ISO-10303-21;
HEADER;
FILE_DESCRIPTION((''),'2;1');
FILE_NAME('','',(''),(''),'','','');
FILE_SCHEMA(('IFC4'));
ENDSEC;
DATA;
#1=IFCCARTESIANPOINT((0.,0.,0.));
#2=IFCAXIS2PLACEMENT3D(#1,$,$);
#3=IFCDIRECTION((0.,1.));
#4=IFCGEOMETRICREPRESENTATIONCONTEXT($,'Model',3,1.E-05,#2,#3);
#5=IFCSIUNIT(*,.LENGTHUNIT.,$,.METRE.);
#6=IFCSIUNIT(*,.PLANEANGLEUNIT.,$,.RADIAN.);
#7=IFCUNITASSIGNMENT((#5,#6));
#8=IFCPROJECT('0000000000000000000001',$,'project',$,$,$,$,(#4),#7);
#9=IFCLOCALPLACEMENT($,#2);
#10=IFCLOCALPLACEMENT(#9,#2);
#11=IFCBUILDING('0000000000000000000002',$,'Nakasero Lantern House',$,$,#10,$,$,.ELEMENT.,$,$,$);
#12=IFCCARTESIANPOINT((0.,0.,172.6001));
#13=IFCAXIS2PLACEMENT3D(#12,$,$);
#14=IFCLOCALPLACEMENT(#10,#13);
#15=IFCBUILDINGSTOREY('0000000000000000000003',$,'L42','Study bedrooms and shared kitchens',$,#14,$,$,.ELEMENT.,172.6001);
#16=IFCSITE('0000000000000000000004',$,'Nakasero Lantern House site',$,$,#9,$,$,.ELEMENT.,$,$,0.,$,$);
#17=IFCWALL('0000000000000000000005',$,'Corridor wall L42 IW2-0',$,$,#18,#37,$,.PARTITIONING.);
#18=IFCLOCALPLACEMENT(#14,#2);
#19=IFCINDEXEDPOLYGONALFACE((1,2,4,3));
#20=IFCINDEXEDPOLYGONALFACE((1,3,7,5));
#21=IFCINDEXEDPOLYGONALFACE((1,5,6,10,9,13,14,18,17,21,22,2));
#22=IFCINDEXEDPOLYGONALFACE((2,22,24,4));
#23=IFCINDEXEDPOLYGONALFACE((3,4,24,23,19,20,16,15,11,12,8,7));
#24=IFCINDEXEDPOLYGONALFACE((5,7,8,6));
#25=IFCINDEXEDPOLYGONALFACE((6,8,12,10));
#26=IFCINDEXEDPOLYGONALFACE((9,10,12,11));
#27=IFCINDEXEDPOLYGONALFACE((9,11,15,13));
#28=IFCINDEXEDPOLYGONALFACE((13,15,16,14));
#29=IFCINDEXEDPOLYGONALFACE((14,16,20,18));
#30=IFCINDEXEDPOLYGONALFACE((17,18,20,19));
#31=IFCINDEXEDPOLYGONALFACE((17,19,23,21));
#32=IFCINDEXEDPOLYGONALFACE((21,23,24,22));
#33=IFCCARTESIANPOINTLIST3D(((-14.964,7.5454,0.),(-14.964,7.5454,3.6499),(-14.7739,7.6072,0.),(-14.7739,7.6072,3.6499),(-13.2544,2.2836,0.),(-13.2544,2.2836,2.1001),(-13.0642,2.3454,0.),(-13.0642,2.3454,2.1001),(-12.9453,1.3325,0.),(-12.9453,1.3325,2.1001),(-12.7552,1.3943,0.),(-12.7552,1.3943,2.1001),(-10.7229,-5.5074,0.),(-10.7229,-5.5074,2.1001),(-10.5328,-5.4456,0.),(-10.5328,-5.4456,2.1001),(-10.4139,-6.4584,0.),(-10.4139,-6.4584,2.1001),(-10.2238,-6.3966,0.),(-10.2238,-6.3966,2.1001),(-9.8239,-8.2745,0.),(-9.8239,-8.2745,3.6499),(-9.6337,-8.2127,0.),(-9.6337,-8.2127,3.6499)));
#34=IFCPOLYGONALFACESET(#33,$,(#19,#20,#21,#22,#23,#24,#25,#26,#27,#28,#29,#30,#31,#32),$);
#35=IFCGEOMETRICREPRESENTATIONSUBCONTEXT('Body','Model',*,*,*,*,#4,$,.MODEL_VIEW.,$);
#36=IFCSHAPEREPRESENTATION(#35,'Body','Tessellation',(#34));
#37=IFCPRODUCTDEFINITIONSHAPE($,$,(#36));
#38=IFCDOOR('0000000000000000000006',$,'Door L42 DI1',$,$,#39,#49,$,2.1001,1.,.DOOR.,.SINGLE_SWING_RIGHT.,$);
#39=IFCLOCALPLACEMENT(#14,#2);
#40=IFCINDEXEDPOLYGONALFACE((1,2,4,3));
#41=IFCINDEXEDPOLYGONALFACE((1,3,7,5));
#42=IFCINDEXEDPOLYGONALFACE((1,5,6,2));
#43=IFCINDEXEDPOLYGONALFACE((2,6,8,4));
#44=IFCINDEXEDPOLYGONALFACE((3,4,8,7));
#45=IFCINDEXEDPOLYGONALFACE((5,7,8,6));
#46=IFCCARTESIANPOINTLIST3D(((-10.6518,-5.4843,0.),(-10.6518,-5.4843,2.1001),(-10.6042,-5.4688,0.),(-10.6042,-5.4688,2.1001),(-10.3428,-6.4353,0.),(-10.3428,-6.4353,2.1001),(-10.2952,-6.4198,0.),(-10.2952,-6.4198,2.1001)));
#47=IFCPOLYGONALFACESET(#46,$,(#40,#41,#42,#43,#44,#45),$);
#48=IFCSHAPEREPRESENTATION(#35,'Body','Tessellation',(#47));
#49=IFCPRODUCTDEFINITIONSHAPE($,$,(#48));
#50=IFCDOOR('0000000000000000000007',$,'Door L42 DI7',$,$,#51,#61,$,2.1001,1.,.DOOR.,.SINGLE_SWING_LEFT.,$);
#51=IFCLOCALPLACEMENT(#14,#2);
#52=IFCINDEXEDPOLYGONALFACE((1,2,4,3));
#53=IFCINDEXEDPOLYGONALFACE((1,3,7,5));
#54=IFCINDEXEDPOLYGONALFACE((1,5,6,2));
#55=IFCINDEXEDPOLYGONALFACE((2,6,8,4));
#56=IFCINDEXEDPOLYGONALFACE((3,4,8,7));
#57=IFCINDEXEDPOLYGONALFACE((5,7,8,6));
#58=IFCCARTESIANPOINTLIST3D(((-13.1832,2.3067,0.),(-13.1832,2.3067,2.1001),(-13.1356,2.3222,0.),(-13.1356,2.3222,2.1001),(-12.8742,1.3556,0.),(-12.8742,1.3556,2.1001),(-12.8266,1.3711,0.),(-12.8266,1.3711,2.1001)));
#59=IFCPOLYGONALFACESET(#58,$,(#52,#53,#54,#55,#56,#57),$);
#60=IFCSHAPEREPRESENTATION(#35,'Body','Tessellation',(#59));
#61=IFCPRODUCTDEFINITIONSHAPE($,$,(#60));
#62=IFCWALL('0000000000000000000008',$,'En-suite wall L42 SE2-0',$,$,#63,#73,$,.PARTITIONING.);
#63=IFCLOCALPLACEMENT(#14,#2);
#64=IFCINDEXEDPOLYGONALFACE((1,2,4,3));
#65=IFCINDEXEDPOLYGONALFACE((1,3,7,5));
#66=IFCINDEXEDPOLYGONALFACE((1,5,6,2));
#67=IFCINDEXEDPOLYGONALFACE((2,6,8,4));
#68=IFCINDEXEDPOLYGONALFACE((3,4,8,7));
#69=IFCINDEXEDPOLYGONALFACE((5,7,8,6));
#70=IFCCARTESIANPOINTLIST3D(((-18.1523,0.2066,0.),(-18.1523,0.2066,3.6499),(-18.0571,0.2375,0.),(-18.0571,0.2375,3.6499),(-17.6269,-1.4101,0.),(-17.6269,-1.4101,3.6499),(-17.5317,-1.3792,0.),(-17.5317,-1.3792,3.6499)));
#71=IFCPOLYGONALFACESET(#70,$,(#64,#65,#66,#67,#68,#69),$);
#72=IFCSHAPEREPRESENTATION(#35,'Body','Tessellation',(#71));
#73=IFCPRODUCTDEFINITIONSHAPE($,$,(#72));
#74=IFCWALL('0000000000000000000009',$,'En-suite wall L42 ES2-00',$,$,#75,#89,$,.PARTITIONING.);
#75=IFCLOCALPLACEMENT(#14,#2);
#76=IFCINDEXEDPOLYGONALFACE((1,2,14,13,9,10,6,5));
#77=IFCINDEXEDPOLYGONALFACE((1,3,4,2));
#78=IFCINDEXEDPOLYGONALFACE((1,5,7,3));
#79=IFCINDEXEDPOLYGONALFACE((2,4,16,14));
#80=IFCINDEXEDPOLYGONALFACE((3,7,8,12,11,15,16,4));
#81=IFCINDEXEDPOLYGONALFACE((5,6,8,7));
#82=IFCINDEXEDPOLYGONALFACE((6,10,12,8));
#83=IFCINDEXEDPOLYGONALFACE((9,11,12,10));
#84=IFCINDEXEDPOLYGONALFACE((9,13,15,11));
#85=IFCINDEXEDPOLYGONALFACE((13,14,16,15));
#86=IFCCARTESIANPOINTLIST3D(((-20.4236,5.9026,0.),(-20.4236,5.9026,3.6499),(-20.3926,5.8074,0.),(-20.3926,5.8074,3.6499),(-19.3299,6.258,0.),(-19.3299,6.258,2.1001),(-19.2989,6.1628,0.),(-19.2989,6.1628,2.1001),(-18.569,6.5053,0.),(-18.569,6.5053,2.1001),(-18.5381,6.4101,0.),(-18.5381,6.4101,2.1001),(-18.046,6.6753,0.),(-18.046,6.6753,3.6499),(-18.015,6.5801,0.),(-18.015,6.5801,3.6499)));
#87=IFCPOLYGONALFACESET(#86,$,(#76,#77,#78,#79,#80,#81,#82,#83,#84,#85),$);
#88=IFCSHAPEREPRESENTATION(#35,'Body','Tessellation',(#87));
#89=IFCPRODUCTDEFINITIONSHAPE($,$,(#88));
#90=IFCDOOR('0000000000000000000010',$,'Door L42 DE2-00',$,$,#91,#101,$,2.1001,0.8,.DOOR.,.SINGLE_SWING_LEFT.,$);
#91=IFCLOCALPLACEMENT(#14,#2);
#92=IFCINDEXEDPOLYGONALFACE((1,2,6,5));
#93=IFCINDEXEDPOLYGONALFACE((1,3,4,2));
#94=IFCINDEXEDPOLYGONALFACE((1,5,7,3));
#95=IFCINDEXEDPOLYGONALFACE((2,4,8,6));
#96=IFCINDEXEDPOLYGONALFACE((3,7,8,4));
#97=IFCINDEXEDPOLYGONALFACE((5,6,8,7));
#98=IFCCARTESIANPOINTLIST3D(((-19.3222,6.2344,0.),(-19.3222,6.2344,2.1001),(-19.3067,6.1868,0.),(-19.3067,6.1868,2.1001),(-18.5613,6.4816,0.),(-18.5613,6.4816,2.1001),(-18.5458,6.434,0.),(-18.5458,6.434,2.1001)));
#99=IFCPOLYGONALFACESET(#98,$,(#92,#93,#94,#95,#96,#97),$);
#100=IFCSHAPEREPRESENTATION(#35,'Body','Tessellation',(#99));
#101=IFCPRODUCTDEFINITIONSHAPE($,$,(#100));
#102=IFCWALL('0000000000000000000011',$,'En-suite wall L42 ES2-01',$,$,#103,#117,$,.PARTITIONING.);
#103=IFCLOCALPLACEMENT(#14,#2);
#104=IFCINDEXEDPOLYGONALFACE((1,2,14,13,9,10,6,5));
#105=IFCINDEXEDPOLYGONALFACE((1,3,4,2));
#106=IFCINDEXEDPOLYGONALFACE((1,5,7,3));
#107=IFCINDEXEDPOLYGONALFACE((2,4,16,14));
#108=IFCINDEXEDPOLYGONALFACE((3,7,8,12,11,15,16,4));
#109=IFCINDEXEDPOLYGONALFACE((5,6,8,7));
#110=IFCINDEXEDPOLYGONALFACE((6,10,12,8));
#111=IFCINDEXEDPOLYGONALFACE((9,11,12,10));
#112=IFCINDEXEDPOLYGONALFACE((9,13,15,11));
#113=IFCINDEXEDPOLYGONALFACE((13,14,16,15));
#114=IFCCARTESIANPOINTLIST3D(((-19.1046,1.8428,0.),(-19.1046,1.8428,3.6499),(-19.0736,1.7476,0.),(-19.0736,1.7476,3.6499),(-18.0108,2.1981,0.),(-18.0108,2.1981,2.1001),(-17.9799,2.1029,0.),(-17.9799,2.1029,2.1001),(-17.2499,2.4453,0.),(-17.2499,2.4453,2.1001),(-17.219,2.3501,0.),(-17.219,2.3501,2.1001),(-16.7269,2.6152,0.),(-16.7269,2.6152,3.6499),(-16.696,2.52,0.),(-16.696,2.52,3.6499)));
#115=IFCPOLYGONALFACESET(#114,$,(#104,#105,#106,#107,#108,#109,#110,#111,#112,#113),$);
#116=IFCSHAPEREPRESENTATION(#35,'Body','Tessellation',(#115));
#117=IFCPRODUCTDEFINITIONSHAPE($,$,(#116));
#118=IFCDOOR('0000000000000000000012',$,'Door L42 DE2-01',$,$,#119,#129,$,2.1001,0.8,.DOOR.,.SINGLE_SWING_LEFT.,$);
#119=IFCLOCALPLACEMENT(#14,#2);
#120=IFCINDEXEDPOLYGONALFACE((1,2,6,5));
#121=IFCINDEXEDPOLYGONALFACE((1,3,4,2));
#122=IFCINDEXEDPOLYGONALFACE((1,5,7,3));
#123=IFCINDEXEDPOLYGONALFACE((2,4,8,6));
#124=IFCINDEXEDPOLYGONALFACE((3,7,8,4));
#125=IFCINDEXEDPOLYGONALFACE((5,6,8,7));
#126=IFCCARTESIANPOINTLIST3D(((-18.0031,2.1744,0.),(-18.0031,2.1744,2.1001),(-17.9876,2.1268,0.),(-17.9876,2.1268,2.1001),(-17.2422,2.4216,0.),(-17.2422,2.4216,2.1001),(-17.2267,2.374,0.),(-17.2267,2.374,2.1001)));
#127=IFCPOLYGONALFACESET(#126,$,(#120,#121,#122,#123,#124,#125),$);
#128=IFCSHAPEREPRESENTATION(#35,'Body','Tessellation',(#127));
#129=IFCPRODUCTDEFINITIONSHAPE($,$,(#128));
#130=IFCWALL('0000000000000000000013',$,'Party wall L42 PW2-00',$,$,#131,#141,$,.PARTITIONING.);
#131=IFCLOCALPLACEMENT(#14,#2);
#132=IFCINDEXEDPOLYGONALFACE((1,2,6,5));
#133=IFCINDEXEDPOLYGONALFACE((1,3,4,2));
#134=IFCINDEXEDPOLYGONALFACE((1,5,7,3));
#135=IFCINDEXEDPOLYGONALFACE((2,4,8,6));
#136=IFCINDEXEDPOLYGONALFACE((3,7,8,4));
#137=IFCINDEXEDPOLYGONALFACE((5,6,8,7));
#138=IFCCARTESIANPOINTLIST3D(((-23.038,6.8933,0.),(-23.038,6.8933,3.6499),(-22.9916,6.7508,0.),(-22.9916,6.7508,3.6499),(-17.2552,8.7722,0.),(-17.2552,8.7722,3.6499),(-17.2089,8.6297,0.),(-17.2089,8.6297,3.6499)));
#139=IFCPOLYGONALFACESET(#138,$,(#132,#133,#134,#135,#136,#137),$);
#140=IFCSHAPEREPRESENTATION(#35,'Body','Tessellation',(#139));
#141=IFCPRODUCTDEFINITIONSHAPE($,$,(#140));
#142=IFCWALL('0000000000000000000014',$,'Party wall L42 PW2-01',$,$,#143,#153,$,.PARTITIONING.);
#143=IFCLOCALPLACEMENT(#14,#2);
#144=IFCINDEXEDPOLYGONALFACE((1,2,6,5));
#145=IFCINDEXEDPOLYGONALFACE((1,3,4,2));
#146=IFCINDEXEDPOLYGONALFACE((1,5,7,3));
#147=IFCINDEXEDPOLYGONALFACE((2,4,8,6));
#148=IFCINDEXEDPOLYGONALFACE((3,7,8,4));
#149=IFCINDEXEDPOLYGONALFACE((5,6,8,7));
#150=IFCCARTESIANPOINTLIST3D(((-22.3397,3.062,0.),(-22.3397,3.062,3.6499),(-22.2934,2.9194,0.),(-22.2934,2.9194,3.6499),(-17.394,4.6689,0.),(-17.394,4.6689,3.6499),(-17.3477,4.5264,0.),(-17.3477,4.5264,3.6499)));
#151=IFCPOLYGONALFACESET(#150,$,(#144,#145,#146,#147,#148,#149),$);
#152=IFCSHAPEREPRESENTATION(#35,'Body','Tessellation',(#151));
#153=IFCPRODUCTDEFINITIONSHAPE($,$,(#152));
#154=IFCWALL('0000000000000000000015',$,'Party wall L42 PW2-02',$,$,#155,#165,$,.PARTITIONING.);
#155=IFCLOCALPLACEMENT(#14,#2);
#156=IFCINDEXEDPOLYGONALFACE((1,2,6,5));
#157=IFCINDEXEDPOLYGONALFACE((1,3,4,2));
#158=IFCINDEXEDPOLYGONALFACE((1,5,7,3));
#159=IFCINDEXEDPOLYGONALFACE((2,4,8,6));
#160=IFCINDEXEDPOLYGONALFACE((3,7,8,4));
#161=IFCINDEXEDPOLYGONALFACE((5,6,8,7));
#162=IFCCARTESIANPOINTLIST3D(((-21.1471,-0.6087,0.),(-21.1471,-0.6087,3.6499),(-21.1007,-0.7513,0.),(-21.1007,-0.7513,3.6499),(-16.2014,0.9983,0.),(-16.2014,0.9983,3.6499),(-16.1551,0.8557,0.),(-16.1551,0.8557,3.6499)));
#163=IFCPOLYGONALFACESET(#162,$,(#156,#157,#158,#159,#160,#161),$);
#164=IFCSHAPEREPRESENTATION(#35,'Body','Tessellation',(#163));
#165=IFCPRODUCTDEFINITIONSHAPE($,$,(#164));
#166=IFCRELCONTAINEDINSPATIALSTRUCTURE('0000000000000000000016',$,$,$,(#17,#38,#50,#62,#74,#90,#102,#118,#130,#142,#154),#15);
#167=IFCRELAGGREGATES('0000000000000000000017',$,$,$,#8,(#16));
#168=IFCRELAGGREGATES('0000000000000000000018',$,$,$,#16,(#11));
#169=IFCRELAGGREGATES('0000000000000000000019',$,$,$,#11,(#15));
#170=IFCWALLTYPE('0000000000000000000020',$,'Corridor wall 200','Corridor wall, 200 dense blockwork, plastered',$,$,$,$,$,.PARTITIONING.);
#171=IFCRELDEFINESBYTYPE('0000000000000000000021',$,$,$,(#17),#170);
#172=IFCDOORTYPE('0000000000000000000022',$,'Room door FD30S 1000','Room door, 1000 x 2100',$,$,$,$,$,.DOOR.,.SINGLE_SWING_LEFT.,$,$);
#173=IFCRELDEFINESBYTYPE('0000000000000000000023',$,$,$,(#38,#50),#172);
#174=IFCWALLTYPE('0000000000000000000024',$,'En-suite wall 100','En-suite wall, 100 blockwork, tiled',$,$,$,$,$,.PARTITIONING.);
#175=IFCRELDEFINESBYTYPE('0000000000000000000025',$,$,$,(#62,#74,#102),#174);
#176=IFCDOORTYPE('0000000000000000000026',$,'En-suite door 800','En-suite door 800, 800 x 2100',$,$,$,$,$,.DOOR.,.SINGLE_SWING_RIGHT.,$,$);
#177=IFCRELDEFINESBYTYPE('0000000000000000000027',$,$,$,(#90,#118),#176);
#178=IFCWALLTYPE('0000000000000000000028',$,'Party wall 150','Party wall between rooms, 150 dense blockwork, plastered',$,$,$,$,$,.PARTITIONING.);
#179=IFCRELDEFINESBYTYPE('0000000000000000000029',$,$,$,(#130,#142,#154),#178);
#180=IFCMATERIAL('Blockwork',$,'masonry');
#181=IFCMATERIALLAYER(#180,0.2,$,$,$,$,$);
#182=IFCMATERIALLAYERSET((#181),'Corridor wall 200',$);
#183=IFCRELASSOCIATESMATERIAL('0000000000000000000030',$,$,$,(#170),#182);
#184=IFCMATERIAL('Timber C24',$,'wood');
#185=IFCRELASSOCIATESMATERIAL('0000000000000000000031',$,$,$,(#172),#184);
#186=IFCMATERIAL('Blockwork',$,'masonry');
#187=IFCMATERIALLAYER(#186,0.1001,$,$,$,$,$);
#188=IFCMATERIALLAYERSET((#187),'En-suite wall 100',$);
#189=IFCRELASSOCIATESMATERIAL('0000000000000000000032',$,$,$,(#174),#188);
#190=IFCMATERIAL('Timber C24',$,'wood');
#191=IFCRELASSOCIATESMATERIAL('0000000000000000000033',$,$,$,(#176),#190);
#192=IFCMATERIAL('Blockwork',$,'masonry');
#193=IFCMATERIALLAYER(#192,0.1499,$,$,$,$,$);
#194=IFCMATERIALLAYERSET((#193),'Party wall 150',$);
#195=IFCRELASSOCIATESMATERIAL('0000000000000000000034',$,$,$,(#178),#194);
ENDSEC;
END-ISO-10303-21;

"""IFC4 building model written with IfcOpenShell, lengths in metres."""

from ifc_helpers import new_model, si_unit, direction, frame, frame_2d, origin, place, context, subcontext, project, spatial, rectangle, extrude, material, layer, layer_set, type_object, element, fill, save


model = new_model("IFC4")

# Units and contexts
model_context = context("Model", 3, precision=1e-05, world=origin(), true_north=direction((0.0, 1.0)))
body_context = subcontext(model_context, "Body", "Model", "MODEL_VIEW")
ifc_project = project(units=[si_unit("LENGTHUNIT", "METRE"), si_unit("PLANEANGLEUNIT", "RADIAN")], contexts=[model_context])

# Site, building, storey
site_placement = place(None, origin())
site = spatial("IfcSite", under=ifc_project, at=site_placement, Name="Nakasero Lantern House site", CompositionType="ELEMENT", RefElevation=0.0)
building_placement = place(site_placement, origin())
building = spatial("IfcBuilding", under=site, at=building_placement, Name="Nakasero Lantern House", CompositionType="ELEMENT")
storey_placement = place(building_placement, frame((0.0, 0.0, 172.6001)))
storey = spatial("IfcBuildingStorey", under=building, at=storey_placement, Name="L42", Description="Study bedrooms and shared kitchens", CompositionType="ELEMENT", Elevation=172.6001)

# Wall, openings, doors
ifc_material_1 = material(Name="Blockwork", Category="masonry")
ifc_layer_1 = layer(ifc_material_1, 0.2)
ifc_layer_set_1 = layer_set([ifc_layer_1], Name="Corridor wall 200")
wall_type_1 = type_object("IfcWallType", Name="Corridor wall 200", Description="Corridor wall, 200 dense blockwork, plastered", PredefinedType="PARTITIONING", material=ifc_layer_set_1)
wall_1_placement = place(storey_placement, frame((-14.8689, 7.5762, 0.0), z_axis=(0.0, 0.0, 1.0), x_axis=(0.309015, -0.951057, 0.0)))
wall_1 = element("IfcWall", 1, at=wall_1_placement, inside=storey, type_object=wall_type_1, Name="Corridor wall L42 IW2-0", PredefinedType="PARTITIONING", context=body_context, shape_type="SweptSolid", body=[
    extrude(rectangle(XDim=16.634, YDim=0.2, at=frame_2d((8.3169, 0.0))), origin(), (0.0, 0.0, 1.0), 3.6499),
])
opening_1_placement = place(wall_1_placement, frame((13.7244, 0.0, 0.0)))
opening_1 = element("IfcOpeningElement", 2, at=opening_1_placement, cuts=wall_1, PredefinedType="OPENING", context=body_context, shape_type="SweptSolid", body=[
    extrude(rectangle(XDim=1.0, YDim=2.1001, at=frame_2d((0.5, 1.05))), frame((0.0, 0.1199, 0.0), z_axis=(0.0, -1.0, 0.0), x_axis=(1.0, 0.0, 0.0)), (0.0, 0.0, 1.0), 0.24),
])
opening_2_placement = place(wall_1_placement, frame((5.5325, 0.0, 0.0)))
opening_2 = element("IfcOpeningElement", 3, at=opening_2_placement, cuts=wall_1, PredefinedType="OPENING", context=body_context, shape_type="SweptSolid", body=[
    extrude(rectangle(XDim=1.0, YDim=2.1001, at=frame_2d((0.5, 1.05))), frame((0.0, 0.1199, 0.0), z_axis=(0.0, -1.0, 0.0), x_axis=(1.0, 0.0, 0.0)), (0.0, 0.0, 1.0), 0.24),
])
ifc_material_2 = material(Name="Timber C24", Category="wood")
door_type_1 = type_object("IfcDoorType", Name="Room door FD30S 1000", Description="Room door, 1000 x 2100", OperationType="SINGLE_SWING_LEFT", PredefinedType="DOOR", material=ifc_material_2)
door_1_placement = place(opening_1_placement, origin())
door_1 = element("IfcDoor", 4, at=door_1_placement, inside=storey, type_object=door_type_1, Name="Door L42 DI1", OperationType="SINGLE_SWING_RIGHT", OverallHeight=2.1001, OverallWidth=1.0, PredefinedType="DOOR", context=body_context, shape_type="SweptSolid", body=[
    extrude(rectangle(XDim=1.0, YDim=2.1001, at=frame_2d((0.5, 1.05))), frame((0.0, 0.0249, 0.0), z_axis=(0.0, -1.0, 0.0), x_axis=(1.0, 0.0, 0.0)), (0.0, 0.0, 1.0), 0.05),
])
fill(opening_1, door_1)
door_2_placement = place(opening_2_placement, origin())
door_2 = element("IfcDoor", 5, at=door_2_placement, inside=storey, type_object=door_type_1, Name="Door L42 DI7", OperationType="SINGLE_SWING_LEFT", OverallHeight=2.1001, OverallWidth=1.0, PredefinedType="DOOR", context=body_context, shape_type="SweptSolid", body=[
    extrude(rectangle(XDim=1.0, YDim=2.1001, at=frame_2d((0.5, 1.05))), frame((0.0, 0.0249, 0.0), z_axis=(0.0, -1.0, 0.0), x_axis=(1.0, 0.0, 0.0)), (0.0, 0.0, 1.0), 0.05),
])
fill(opening_2, door_2)

# Wall
ifc_material_3 = material(Name="Blockwork", Category="masonry")
ifc_layer_2 = layer(ifc_material_3, 0.1001)
ifc_layer_set_2 = layer_set([ifc_layer_2], Name="En-suite wall 100")
wall_type_2 = type_object("IfcWallType", Name="En-suite wall 100", Description="En-suite wall, 100 blockwork, tiled", PredefinedType="PARTITIONING", material=ifc_layer_set_2)
wall_2_placement = place(storey_placement, frame((-18.1047, 0.2222, 0.0), z_axis=(0.0, 0.0, 1.0), x_axis=(0.309067, -0.95104, 0.0)))
element("IfcWall", 6, at=wall_2_placement, inside=storey, type_object=wall_type_2, Name="En-suite wall L42 SE2-0", PredefinedType="PARTITIONING", context=body_context, shape_type="SweptSolid", body=[
    extrude(rectangle(XDim=1.7, YDim=0.1001, at=frame_2d((0.8501, 0.0))), origin(), (0.0, 0.0, 1.0), 3.6499),
])

# Walls, openings, doors
wall_3_placement = place(storey_placement, frame((-18.0305, 6.6277, 0.0), z_axis=(0.0, 0.0, 1.0), x_axis=(-0.951039, -0.309071, 0.0)))
wall_3 = element("IfcWall", 7, at=wall_3_placement, inside=storey, type_object=wall_type_2, Name="En-suite wall L42 ES2-00", PredefinedType="PARTITIONING", context=body_context, shape_type="SweptSolid", body=[
    extrude(rectangle(XDim=2.5, YDim=0.1001, at=frame_2d((1.25, 0.0))), origin(), (0.0, 0.0, 1.0), 3.6499),
])
opening_3_placement = place(wall_3_placement, frame((0.55, 0.0, 0.0)))
opening_3 = element("IfcOpeningElement", 8, at=opening_3_placement, cuts=wall_3, PredefinedType="OPENING", context=body_context, shape_type="SweptSolid", body=[
    extrude(rectangle(XDim=0.8, YDim=2.1001, at=frame_2d((0.3999, 1.05))), frame((0.0, 0.0701, 0.0), z_axis=(0.0, -1.0, 0.0), x_axis=(1.0, 0.0, 0.0)), (0.0, 0.0, 1.0), 0.1401),
])
ifc_material_4 = material(Name="Timber C24", Category="wood")
door_type_2 = type_object("IfcDoorType", Name="En-suite door 800", Description="En-suite door 800, 800 x 2100", OperationType="SINGLE_SWING_RIGHT", PredefinedType="DOOR", material=ifc_material_4)
door_3_placement = place(opening_3_placement, origin())
door_3 = element("IfcDoor", 9, at=door_3_placement, inside=storey, type_object=door_type_2, Name="Door L42 DE2-00", OperationType="SINGLE_SWING_LEFT", OverallHeight=2.1001, OverallWidth=0.8, PredefinedType="DOOR", context=body_context, shape_type="SweptSolid", body=[
    extrude(rectangle(XDim=0.8, YDim=2.1001, at=frame_2d((0.3999, 1.05))), frame((0.0, 0.0249, 0.0), z_axis=(0.0, -1.0, 0.0), x_axis=(1.0, 0.0, 0.0)), (0.0, 0.0, 1.0), 0.05),
])
fill(opening_3, door_3)
wall_4_placement = place(storey_placement, frame((-16.7114, 2.5676, 0.0), z_axis=(0.0, 0.0, 1.0), x_axis=(-0.951068, -0.308982, 0.0)))
wall_4 = element("IfcWall", 10, at=wall_4_placement, inside=storey, type_object=wall_type_2, Name="En-suite wall L42 ES2-01", PredefinedType="PARTITIONING", context=body_context, shape_type="SweptSolid", body=[
    extrude(rectangle(XDim=2.5, YDim=0.1001, at=frame_2d((1.25, 0.0))), origin(), (0.0, 0.0, 1.0), 3.6499),
])
opening_4_placement = place(wall_4_placement, frame((0.55, 0.0, 0.0)))
opening_4 = element("IfcOpeningElement", 11, at=opening_4_placement, cuts=wall_4, PredefinedType="OPENING", context=body_context, shape_type="SweptSolid", body=[
    extrude(rectangle(XDim=0.8, YDim=2.1001, at=frame_2d((0.3999, 1.05))), frame((0.0, 0.0701, 0.0), z_axis=(0.0, -1.0, 0.0), x_axis=(1.0, 0.0, 0.0)), (0.0, 0.0, 1.0), 0.1401),
])
door_4_placement = place(opening_4_placement, origin())
door_4 = element("IfcDoor", 12, at=door_4_placement, inside=storey, type_object=door_type_2, Name="Door L42 DE2-01", OperationType="SINGLE_SWING_LEFT", OverallHeight=2.1001, OverallWidth=0.8, PredefinedType="DOOR", context=body_context, shape_type="SweptSolid", body=[
    extrude(rectangle(XDim=0.8, YDim=2.1001, at=frame_2d((0.3999, 1.05))), frame((0.0, 0.0249, 0.0), z_axis=(0.0, -1.0, 0.0), x_axis=(1.0, 0.0, 0.0)), (0.0, 0.0, 1.0), 0.05),
])
fill(opening_4, door_4)

# Walls
ifc_material_5 = material(Name="Blockwork", Category="masonry")
ifc_layer_3 = layer(ifc_material_5, 0.1499)
ifc_layer_set_3 = layer_set([ifc_layer_3], Name="Party wall 150")
wall_type_3 = type_object("IfcWallType", Name="Party wall 150", Description="Party wall between rooms, 150 dense blockwork, plastered", PredefinedType="PARTITIONING", material=ifc_layer_set_3)
wall_5_placement = place(storey_placement, frame((-17.2322, 8.7009, 0.0), z_axis=(0.0, 0.0, 1.0), x_axis=(-0.951057, -0.309015, 0.0)))
element("IfcWall", 13, at=wall_5_placement, inside=storey, type_object=wall_type_3, Name="Party wall L42 PW2-00", PredefinedType="PARTITIONING", context=body_context, shape_type="SweptSolid", body=[
    extrude(rectangle(XDim=6.0803, YDim=0.1499, at=frame_2d((3.04, 0.0))), origin(), (0.0, 0.0, 1.0), 3.6499),
])
for number, where, z_axis, x_axis, name in (
    (14, (-17.3708, 4.5977, 0.0), (0.0, 0.0, 1.0), (-0.951055, -0.309021, 0.0), "Party wall L42 PW2-01"),
    (15, (-16.1782, 0.927, 0.0), (0.0, 0.0, 1.0), (-0.951055, -0.309021, 0.0), "Party wall L42 PW2-02"),
):
    element("IfcWall", number, at=place(storey_placement, frame(where, z_axis=z_axis, x_axis=x_axis)), inside=storey, type_object=wall_type_3, Name=name, PredefinedType="PARTITIONING", context=body_context, shape_type="SweptSolid", body=[
        extrude(rectangle(XDim=5.2002, YDim=0.1499, at=frame_2d((2.6001, 0.0))), origin(), (0.0, 0.0, 1.0), 3.6499),
    ])

save(model, "model.ifc")
